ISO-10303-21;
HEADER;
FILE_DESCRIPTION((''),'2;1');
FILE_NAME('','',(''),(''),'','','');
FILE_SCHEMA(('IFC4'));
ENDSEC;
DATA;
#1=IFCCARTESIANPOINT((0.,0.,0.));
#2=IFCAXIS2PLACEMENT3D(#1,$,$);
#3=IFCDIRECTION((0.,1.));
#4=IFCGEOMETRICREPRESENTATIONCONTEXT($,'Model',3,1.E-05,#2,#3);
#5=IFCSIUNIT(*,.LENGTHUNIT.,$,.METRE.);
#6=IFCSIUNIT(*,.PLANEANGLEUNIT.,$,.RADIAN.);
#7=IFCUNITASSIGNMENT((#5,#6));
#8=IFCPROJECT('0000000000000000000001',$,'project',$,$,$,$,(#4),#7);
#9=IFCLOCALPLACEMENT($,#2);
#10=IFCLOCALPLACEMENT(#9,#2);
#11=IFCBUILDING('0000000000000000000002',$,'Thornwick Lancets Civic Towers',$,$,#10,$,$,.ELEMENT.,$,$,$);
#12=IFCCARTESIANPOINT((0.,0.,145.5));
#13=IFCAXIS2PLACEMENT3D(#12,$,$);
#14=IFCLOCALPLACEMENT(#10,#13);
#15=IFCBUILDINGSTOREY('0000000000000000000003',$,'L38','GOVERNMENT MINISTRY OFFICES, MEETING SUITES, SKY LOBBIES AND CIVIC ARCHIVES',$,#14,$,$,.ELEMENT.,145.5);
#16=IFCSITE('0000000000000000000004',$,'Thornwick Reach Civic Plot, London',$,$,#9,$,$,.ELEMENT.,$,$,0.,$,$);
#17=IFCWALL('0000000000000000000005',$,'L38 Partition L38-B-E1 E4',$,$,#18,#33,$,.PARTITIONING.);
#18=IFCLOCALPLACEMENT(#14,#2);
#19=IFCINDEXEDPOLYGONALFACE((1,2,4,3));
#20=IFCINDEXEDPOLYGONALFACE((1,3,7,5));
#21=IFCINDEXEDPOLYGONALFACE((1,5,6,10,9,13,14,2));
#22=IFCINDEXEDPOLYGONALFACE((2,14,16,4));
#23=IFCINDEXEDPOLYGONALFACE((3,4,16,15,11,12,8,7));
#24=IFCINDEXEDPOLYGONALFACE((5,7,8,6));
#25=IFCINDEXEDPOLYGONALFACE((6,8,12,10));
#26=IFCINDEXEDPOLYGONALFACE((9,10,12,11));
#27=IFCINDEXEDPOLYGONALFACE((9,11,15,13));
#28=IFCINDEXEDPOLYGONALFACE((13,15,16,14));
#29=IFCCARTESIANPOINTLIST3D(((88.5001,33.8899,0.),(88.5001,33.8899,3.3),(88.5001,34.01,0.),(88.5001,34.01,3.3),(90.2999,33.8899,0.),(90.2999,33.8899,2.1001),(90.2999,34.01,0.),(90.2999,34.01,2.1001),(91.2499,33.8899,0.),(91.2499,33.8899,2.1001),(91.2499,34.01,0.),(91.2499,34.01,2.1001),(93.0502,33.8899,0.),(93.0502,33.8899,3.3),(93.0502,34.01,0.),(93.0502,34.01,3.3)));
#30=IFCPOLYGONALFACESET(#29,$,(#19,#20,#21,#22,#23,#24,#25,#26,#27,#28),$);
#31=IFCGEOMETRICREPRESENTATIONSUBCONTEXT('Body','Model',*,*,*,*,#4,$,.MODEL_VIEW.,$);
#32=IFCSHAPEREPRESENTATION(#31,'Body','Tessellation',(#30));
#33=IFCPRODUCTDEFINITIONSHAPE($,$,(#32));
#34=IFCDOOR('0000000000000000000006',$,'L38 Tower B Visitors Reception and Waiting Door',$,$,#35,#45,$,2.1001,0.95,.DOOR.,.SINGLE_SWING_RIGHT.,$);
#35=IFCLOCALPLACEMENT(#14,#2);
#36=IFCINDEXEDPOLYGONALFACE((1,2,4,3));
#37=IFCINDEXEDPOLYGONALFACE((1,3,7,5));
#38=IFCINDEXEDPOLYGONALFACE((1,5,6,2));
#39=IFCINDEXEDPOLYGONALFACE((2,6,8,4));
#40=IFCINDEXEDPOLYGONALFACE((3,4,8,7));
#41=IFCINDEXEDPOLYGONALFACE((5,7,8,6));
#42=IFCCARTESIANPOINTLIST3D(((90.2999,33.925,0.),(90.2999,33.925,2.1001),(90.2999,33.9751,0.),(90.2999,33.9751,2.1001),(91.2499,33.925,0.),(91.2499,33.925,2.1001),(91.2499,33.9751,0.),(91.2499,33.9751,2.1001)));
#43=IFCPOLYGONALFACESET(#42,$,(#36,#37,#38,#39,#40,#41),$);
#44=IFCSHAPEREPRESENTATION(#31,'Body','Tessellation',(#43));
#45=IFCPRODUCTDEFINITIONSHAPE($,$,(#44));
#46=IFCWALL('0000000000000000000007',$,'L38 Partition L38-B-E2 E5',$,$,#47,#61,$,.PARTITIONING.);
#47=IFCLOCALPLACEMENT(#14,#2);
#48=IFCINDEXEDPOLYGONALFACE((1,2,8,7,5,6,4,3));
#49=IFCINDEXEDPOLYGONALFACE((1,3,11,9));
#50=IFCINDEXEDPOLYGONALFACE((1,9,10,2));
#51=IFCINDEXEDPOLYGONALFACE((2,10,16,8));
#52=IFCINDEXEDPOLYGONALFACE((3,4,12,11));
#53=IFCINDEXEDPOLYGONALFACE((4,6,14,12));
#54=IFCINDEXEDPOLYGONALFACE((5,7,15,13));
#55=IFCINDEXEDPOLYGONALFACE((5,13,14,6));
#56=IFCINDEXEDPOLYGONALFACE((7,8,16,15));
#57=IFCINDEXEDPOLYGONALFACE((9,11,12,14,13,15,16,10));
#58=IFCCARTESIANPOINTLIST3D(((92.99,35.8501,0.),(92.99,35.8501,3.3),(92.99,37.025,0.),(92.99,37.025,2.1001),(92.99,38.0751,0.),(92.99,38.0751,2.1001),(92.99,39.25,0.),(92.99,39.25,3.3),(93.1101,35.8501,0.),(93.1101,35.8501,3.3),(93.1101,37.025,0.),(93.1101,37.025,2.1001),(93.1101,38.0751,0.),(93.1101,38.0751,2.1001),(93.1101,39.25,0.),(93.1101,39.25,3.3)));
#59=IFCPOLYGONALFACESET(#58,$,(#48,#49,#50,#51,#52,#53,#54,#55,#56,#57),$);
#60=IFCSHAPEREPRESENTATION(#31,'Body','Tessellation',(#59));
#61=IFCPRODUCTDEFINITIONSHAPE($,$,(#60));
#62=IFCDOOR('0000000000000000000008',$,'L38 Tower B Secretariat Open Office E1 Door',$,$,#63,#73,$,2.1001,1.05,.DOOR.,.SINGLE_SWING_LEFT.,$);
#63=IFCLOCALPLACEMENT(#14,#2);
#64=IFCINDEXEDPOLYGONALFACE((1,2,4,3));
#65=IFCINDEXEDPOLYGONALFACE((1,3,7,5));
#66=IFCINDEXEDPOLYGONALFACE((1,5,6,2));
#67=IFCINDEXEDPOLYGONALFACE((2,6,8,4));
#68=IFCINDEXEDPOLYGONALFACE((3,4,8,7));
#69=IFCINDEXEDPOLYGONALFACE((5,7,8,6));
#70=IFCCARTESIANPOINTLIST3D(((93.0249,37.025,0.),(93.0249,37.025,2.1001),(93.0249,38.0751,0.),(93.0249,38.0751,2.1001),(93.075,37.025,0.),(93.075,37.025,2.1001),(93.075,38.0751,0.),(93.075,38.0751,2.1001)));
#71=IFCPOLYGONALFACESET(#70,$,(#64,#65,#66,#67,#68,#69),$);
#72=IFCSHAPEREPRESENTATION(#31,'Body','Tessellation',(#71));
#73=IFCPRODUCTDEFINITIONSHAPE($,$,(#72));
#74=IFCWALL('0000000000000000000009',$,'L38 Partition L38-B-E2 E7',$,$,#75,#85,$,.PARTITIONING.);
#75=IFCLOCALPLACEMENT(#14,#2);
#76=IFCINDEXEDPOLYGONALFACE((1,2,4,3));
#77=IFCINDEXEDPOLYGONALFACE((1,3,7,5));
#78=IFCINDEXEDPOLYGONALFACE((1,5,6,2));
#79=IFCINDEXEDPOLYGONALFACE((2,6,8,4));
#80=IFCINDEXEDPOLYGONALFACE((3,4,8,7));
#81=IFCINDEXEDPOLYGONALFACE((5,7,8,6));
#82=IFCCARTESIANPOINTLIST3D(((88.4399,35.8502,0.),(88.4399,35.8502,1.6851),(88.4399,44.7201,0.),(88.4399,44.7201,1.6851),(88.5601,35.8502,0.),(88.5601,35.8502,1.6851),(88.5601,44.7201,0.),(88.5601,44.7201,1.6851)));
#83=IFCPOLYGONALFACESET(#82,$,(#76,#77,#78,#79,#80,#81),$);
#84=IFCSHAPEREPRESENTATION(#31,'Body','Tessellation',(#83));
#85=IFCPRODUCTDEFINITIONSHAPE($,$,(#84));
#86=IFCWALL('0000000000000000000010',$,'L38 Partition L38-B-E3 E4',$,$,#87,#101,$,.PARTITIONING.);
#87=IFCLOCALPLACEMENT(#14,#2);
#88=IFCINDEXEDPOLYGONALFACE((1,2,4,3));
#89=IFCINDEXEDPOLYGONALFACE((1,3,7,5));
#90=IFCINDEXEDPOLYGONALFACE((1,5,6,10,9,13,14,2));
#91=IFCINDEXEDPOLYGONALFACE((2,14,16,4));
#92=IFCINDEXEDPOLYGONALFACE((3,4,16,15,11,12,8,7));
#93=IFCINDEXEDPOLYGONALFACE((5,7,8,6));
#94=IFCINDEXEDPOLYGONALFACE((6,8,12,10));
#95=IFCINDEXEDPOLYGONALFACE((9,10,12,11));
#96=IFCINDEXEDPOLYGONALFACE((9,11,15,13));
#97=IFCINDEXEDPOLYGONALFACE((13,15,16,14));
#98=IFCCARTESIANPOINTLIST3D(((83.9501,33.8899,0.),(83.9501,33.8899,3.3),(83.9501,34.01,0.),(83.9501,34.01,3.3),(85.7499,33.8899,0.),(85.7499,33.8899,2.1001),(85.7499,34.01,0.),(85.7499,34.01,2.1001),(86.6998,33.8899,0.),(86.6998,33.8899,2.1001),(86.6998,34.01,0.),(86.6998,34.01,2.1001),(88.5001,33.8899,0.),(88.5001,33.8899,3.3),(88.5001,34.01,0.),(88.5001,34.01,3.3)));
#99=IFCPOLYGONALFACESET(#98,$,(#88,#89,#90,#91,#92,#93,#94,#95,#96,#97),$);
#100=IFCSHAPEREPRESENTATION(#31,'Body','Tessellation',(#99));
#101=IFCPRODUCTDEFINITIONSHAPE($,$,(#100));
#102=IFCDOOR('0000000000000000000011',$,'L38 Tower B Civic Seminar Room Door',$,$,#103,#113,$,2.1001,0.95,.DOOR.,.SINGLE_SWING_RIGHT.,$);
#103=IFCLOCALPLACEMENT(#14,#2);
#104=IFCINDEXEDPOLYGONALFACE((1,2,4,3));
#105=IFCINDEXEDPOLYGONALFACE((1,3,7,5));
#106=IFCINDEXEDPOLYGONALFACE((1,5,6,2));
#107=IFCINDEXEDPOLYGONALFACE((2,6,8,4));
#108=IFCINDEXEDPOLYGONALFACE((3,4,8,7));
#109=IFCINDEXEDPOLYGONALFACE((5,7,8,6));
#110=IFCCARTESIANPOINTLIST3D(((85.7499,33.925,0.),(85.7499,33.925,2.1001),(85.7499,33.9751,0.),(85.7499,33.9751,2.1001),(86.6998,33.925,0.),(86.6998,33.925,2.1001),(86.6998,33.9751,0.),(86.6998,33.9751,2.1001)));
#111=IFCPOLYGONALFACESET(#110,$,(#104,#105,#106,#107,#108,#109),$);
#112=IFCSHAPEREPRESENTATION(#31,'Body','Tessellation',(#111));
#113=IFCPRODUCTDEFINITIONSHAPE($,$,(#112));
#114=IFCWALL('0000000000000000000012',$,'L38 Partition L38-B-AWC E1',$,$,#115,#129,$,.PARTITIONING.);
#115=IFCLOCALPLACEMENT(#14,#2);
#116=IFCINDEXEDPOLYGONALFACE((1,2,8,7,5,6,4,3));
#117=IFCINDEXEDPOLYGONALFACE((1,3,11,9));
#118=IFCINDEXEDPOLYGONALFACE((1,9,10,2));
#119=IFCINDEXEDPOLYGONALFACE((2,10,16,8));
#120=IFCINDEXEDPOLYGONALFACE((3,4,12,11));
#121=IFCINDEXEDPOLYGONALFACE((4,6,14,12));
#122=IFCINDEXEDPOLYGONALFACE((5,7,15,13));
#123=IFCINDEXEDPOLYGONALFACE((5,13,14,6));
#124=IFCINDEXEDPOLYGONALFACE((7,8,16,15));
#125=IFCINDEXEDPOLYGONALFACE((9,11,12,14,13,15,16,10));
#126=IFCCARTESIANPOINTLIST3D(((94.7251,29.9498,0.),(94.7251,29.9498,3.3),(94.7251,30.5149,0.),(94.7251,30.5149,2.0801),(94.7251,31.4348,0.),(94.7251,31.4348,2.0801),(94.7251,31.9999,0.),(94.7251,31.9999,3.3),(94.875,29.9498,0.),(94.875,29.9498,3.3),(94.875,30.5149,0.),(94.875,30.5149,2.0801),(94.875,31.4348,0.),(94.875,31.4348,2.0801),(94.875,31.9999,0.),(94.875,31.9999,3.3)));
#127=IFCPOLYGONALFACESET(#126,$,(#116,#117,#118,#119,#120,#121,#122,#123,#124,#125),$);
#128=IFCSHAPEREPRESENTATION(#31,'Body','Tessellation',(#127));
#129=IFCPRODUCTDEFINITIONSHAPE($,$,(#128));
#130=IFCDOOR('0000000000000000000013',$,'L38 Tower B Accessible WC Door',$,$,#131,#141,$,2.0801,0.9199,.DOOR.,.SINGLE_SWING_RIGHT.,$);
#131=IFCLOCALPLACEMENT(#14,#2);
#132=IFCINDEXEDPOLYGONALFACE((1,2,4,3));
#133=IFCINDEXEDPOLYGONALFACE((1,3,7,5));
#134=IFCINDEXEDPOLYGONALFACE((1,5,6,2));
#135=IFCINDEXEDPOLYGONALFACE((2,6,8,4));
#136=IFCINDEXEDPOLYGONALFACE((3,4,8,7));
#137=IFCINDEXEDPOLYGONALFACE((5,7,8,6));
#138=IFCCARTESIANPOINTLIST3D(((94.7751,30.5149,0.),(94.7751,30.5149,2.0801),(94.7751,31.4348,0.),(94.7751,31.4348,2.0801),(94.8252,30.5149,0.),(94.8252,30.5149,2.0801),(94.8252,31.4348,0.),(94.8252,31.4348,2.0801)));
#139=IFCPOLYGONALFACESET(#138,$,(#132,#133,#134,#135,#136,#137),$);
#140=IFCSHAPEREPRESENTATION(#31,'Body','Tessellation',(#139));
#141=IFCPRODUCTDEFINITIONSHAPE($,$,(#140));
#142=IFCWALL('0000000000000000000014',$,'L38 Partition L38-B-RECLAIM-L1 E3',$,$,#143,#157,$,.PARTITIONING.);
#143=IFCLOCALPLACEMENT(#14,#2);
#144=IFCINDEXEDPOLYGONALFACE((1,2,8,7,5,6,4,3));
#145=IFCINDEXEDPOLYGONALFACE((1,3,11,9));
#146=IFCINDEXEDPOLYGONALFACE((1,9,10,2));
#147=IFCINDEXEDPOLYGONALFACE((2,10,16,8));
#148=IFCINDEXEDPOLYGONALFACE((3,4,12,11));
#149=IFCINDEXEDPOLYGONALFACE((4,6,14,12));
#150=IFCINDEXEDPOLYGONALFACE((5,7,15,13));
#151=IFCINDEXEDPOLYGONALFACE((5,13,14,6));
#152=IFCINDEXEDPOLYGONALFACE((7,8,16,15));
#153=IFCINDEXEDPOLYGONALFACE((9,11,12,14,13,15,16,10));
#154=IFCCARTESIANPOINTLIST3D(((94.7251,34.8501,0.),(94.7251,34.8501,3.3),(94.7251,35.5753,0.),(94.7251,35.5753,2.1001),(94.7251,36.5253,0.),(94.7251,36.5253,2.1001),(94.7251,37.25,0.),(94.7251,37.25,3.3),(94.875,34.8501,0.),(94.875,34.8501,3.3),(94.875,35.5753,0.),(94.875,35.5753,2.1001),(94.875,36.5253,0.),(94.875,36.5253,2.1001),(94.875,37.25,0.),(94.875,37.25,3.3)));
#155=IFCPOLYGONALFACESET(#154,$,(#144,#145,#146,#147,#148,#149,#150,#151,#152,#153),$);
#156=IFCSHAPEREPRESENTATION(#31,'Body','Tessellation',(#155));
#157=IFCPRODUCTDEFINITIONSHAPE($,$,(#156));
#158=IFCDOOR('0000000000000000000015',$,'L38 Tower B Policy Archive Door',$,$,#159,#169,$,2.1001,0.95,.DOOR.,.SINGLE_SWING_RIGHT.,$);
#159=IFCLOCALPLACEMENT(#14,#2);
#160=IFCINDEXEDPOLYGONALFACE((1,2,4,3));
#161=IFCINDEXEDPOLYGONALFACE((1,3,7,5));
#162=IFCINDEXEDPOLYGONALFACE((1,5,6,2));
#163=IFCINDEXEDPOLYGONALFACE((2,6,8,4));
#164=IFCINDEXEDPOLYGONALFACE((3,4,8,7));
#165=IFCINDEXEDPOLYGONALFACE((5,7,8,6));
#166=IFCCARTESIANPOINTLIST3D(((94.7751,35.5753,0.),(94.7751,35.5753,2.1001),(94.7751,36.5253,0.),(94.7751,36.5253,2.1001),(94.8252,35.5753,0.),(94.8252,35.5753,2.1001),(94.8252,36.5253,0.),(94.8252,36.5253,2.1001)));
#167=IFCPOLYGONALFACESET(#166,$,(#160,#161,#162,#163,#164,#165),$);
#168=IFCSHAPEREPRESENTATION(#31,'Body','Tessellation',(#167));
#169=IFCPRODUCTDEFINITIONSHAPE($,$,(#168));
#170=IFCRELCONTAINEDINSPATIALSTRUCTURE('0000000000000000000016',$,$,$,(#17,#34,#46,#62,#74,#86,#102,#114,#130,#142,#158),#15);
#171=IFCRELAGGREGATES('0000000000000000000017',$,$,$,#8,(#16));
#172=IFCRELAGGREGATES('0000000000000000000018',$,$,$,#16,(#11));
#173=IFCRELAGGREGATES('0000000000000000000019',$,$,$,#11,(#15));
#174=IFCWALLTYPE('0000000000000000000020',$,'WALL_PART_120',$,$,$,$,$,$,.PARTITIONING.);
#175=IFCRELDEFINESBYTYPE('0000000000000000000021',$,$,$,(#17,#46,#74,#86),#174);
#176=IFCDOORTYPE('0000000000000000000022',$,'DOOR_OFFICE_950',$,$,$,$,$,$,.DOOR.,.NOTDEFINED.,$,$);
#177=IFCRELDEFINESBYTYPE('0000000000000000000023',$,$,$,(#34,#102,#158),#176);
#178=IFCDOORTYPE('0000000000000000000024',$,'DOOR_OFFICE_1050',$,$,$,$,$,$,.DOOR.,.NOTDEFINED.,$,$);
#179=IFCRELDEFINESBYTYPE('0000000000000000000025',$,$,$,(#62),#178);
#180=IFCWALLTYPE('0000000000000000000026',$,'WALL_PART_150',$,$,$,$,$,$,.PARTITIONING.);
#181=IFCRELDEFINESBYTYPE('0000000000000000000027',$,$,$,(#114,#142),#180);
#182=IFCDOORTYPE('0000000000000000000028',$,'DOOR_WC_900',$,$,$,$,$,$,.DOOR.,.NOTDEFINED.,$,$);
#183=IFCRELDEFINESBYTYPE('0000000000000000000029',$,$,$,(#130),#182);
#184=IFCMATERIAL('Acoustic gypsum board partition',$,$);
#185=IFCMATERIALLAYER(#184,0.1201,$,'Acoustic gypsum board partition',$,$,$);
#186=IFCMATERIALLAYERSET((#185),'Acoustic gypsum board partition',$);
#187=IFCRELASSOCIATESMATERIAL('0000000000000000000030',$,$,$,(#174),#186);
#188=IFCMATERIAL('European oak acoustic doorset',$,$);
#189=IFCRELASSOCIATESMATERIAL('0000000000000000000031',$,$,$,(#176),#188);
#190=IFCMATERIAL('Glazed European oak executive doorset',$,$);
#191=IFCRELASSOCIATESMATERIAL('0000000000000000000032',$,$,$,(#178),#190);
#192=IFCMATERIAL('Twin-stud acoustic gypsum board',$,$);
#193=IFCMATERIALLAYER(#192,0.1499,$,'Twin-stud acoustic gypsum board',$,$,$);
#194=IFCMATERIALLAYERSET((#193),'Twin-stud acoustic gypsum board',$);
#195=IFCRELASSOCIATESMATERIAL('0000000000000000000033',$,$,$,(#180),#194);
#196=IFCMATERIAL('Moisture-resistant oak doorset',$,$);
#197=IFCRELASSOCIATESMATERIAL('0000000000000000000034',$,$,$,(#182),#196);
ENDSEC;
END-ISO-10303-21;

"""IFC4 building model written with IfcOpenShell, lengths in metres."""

from ifc_helpers import new_model, si_unit, direction, frame, frame_2d, origin, place, context, subcontext, project, spatial, rectangle, extrude, material, layer, layer_set, type_object, element, fill, save


model = new_model("IFC4")

# Units and contexts
model_context = context("Model", 3, precision=1e-05, world=origin(), true_north=direction((0.0, 1.0)))
body_context = subcontext(model_context, "Body", "Model", "MODEL_VIEW")
ifc_project = project(units=[si_unit("LENGTHUNIT", "METRE"), si_unit("PLANEANGLEUNIT", "RADIAN")], contexts=[model_context])

# Site, building, storey
site_placement = place(None, origin())
site = spatial("IfcSite", under=ifc_project, at=site_placement, Name="Thornwick Reach Civic Plot, London", CompositionType="ELEMENT", RefElevation=0.0)
building_placement = place(site_placement, origin())
building = spatial("IfcBuilding", under=site, at=building_placement, Name="Thornwick Lancets Civic Towers", CompositionType="ELEMENT")
storey_placement = place(building_placement, frame((0.0, 0.0, 145.5)))
storey = spatial("IfcBuildingStorey", under=building, at=storey_placement, Name="L38", Description="GOVERNMENT MINISTRY OFFICES, MEETING SUITES, SKY LOBBIES AND CIVIC ARCHIVES", CompositionType="ELEMENT", Elevation=145.5)

# Shared definitions
ifc_material_1 = material(Name="Acoustic gypsum board partition")
ifc_layer_1 = layer(ifc_material_1, 0.1201, Name="Acoustic gypsum board partition")
ifc_layer_set_1 = layer_set([ifc_layer_1], Name="Acoustic gypsum board partition")
wall_type_1 = type_object("IfcWallType", Name="WALL_PART_120", PredefinedType="PARTITIONING", material=ifc_layer_set_1)

# Walls, openings, doors
wall_1_placement = place(storey_placement, frame((93.05, 33.95, 0.0), z_axis=(0.0, 0.0, 1.0), x_axis=(-1.0, 0.0, 0.0)))
wall_1 = element("IfcWall", 1, at=wall_1_placement, inside=storey, type_object=wall_type_1, Name="L38 Partition L38-B-E1 E4", PredefinedType="PARTITIONING", context=body_context, shape_type="SweptSolid", body=[
    extrude(rectangle(XDim=4.55, YDim=0.1201, at=frame_2d((2.2749, 0.0))), origin(), (0.0, 0.0, 1.0), 3.3),
])
opening_1_placement = place(wall_1_placement, frame((1.8, 0.0, 0.0)))
opening_1 = element("IfcOpeningElement", 2, at=opening_1_placement, cuts=wall_1, PredefinedType="OPENING", context=body_context, shape_type="SweptSolid", body=[
    extrude(rectangle(XDim=0.95, YDim=2.1001, at=frame_2d((0.4751, 1.05))), frame((0.0, 0.0701, 0.0), z_axis=(0.0, -1.0, 0.0), x_axis=(1.0, 0.0, 0.0)), (0.0, 0.0, 1.0), 0.1401),
])
ifc_material_2 = material(Name="European oak acoustic doorset")
door_type_1 = type_object("IfcDoorType", Name="DOOR_OFFICE_950", OperationType="NOTDEFINED", PredefinedType="DOOR", material=ifc_material_2)
door_1_placement = place(opening_1_placement, origin())
door_1 = element("IfcDoor", 3, at=door_1_placement, inside=storey, type_object=door_type_1, Name="L38 Tower B Visitors Reception and Waiting Door", OperationType="SINGLE_SWING_RIGHT", OverallHeight=2.1001, OverallWidth=0.95, PredefinedType="DOOR", context=body_context, shape_type="SweptSolid", body=[
    extrude(rectangle(XDim=0.95, YDim=2.1001, at=frame_2d((0.4751, 1.05))), frame((0.0, 0.0249, 0.0), z_axis=(0.0, -1.0, 0.0), x_axis=(1.0, 0.0, 0.0)), (0.0, 0.0, 1.0), 0.05),
])
fill(opening_1, door_1)
wall_2_placement = place(storey_placement, frame((93.05, 39.25, 0.0), z_axis=(0.0, 0.0, 1.0), x_axis=(0.0, -1.0, 0.0)))
wall_2 = element("IfcWall", 4, at=wall_2_placement, inside=storey, type_object=wall_type_1, Name="L38 Partition L38-B-E2 E5", PredefinedType="PARTITIONING", context=body_context, shape_type="SweptSolid", body=[
    extrude(rectangle(XDim=3.3999, YDim=0.1201, at=frame_2d((1.7, 0.0))), origin(), (0.0, 0.0, 1.0), 3.3),
])
opening_2_placement = place(wall_2_placement, frame((1.175, 0.0, 0.0)))
opening_2 = element("IfcOpeningElement", 5, at=opening_2_placement, cuts=wall_2, PredefinedType="OPENING", context=body_context, shape_type="SweptSolid", body=[
    extrude(rectangle(XDim=1.05, YDim=2.1001, at=frame_2d((0.5249, 1.05))), frame((0.0, 0.0701, 0.0), z_axis=(0.0, -1.0, 0.0), x_axis=(1.0, 0.0, 0.0)), (0.0, 0.0, 1.0), 0.1401),
])
ifc_material_3 = material(Name="Glazed European oak executive doorset")
door_type_2 = type_object("IfcDoorType", Name="DOOR_OFFICE_1050", OperationType="NOTDEFINED", PredefinedType="DOOR", material=ifc_material_3)
door_2_placement = place(opening_2_placement, origin())
door_2 = element("IfcDoor", 6, at=door_2_placement, inside=storey, type_object=door_type_2, Name="L38 Tower B Secretariat Open Office E1 Door", OperationType="SINGLE_SWING_LEFT", OverallHeight=2.1001, OverallWidth=1.05, PredefinedType="DOOR", context=body_context, shape_type="SweptSolid", body=[
    extrude(rectangle(XDim=1.05, YDim=2.1001, at=frame_2d((0.5249, 1.05))), frame((0.0, 0.0249, 0.0), z_axis=(0.0, -1.0, 0.0), x_axis=(1.0, 0.0, 0.0)), (0.0, 0.0, 1.0), 0.05),
])
fill(opening_2, door_2)

# Wall
wall_3_placement = place(storey_placement, frame((88.5, 35.8501, 0.0), z_axis=(0.0, 0.0, 1.0), x_axis=(0.0, 1.0, 0.0)))
element("IfcWall", 7, at=wall_3_placement, inside=storey, type_object=wall_type_1, Name="L38 Partition L38-B-E2 E7", PredefinedType="PARTITIONING", context=body_context, shape_type="SweptSolid", body=[
    extrude(rectangle(XDim=8.8699, YDim=0.1201, at=frame_2d((4.4351, 0.0))), origin(), (0.0, 0.0, 1.0), 1.6851),
])

# Walls, openings, doors
wall_4_placement = place(storey_placement, frame((88.5, 33.95, 0.0), z_axis=(0.0, 0.0, 1.0), x_axis=(-1.0, 0.0, 0.0)))
wall_4 = element("IfcWall", 8, at=wall_4_placement, inside=storey, type_object=wall_type_1, Name="L38 Partition L38-B-E3 E4", PredefinedType="PARTITIONING", context=body_context, shape_type="SweptSolid", body=[
    extrude(rectangle(XDim=4.55, YDim=0.1201, at=frame_2d((2.2749, 0.0))), origin(), (0.0, 0.0, 1.0), 3.3),
])
opening_3_placement = place(wall_4_placement, frame((1.8, 0.0, 0.0)))
opening_3 = element("IfcOpeningElement", 9, at=opening_3_placement, cuts=wall_4, PredefinedType="OPENING", context=body_context, shape_type="SweptSolid", body=[
    extrude(rectangle(XDim=0.95, YDim=2.1001, at=frame_2d((0.4751, 1.05))), frame((0.0, 0.0701, 0.0), z_axis=(0.0, -1.0, 0.0), x_axis=(1.0, 0.0, 0.0)), (0.0, 0.0, 1.0), 0.1401),
])
door_3_placement = place(opening_3_placement, origin())
door_3 = element("IfcDoor", 10, at=door_3_placement, inside=storey, type_object=door_type_1, Name="L38 Tower B Civic Seminar Room Door", OperationType="SINGLE_SWING_RIGHT", OverallHeight=2.1001, OverallWidth=0.95, PredefinedType="DOOR", context=body_context, shape_type="SweptSolid", body=[
    extrude(rectangle(XDim=0.95, YDim=2.1001, at=frame_2d((0.4751, 1.05))), frame((0.0, 0.0249, 0.0), z_axis=(0.0, -1.0, 0.0), x_axis=(1.0, 0.0, 0.0)), (0.0, 0.0, 1.0), 0.05),
])
fill(opening_3, door_3)
ifc_material_4 = material(Name="Twin-stud acoustic gypsum board")
ifc_layer_2 = layer(ifc_material_4, 0.1499, Name="Twin-stud acoustic gypsum board")
ifc_layer_set_2 = layer_set([ifc_layer_2], Name="Twin-stud acoustic gypsum board")
wall_type_2 = type_object("IfcWallType", Name="WALL_PART_150", PredefinedType="PARTITIONING", material=ifc_layer_set_2)
wall_5_placement = place(storey_placement, frame((94.8, 29.95, 0.0), z_axis=(0.0, 0.0, 1.0), x_axis=(0.0, 1.0, 0.0)))
wall_5 = element("IfcWall", 11, at=wall_5_placement, inside=storey, type_object=wall_type_2, Name="L38 Partition L38-B-AWC E1", PredefinedType="PARTITIONING", context=body_context, shape_type="SweptSolid", body=[
    extrude(rectangle(XDim=2.05, YDim=0.1499, at=frame_2d((1.0249, 0.0))), origin(), (0.0, 0.0, 1.0), 3.3),
])
opening_4_placement = place(wall_5_placement, frame((0.5649, 0.0, 0.0)))
opening_4 = element("IfcOpeningElement", 12, at=opening_4_placement, cuts=wall_5, PredefinedType="OPENING", context=body_context, shape_type="SweptSolid", body=[
    extrude(rectangle(XDim=0.9199, YDim=2.0801, at=frame_2d((0.46, 1.04))), frame((0.0, 0.085, 0.0), z_axis=(0.0, -1.0, 0.0), x_axis=(1.0, 0.0, 0.0)), (0.0, 0.0, 1.0), 0.1699),
])
ifc_material_5 = material(Name="Moisture-resistant oak doorset")
door_type_3 = type_object("IfcDoorType", Name="DOOR_WC_900", OperationType="NOTDEFINED", PredefinedType="DOOR", material=ifc_material_5)
door_4_placement = place(opening_4_placement, origin())
door_4 = element("IfcDoor", 13, at=door_4_placement, inside=storey, type_object=door_type_3, Name="L38 Tower B Accessible WC Door", OperationType="SINGLE_SWING_RIGHT", OverallHeight=2.0801, OverallWidth=0.9199, PredefinedType="DOOR", context=body_context, shape_type="SweptSolid", body=[
    extrude(rectangle(XDim=0.9199, YDim=2.0801, at=frame_2d((0.46, 1.04))), frame((0.0, 0.0249, 0.0), z_axis=(0.0, -1.0, 0.0), x_axis=(1.0, 0.0, 0.0)), (0.0, 0.0, 1.0), 0.05),
])
fill(opening_4, door_4)
wall_6_placement = place(storey_placement, frame((94.8, 34.8501, 0.0), z_axis=(0.0, 0.0, 1.0), x_axis=(0.0, 1.0, 0.0)))
wall_6 = element("IfcWall", 14, at=wall_6_placement, inside=storey, type_object=wall_type_2, Name="L38 Partition L38-B-RECLAIM-L1 E3", PredefinedType="PARTITIONING", context=body_context, shape_type="SweptSolid", body=[
    extrude(rectangle(XDim=2.3999, YDim=0.1499, at=frame_2d((1.2, 0.0))), origin(), (0.0, 0.0, 1.0), 3.3),
])
opening_5_placement = place(wall_6_placement, frame((0.7251, 0.0, 0.0)))
opening_5 = element("IfcOpeningElement", 15, at=opening_5_placement, cuts=wall_6, PredefinedType="OPENING", context=body_context, shape_type="SweptSolid", body=[
    extrude(rectangle(XDim=0.95, YDim=2.1001, at=frame_2d((0.4751, 1.05))), frame((0.0, 0.085, 0.0), z_axis=(0.0, -1.0, 0.0), x_axis=(1.0, 0.0, 0.0)), (0.0, 0.0, 1.0), 0.1699),
])
door_5_placement = place(opening_5_placement, origin())
door_5 = element("IfcDoor", 16, at=door_5_placement, inside=storey, type_object=door_type_1, Name="L38 Tower B Policy Archive Door", OperationType="SINGLE_SWING_RIGHT", OverallHeight=2.1001, OverallWidth=0.95, PredefinedType="DOOR", context=body_context, shape_type="SweptSolid", body=[
    extrude(rectangle(XDim=0.95, YDim=2.1001, at=frame_2d((0.4751, 1.05))), frame((0.0, 0.0249, 0.0), z_axis=(0.0, -1.0, 0.0), x_axis=(1.0, 0.0, 0.0)), (0.0, 0.0, 1.0), 0.05),
])
fill(opening_5, door_5)

save(model, "model.ifc")
